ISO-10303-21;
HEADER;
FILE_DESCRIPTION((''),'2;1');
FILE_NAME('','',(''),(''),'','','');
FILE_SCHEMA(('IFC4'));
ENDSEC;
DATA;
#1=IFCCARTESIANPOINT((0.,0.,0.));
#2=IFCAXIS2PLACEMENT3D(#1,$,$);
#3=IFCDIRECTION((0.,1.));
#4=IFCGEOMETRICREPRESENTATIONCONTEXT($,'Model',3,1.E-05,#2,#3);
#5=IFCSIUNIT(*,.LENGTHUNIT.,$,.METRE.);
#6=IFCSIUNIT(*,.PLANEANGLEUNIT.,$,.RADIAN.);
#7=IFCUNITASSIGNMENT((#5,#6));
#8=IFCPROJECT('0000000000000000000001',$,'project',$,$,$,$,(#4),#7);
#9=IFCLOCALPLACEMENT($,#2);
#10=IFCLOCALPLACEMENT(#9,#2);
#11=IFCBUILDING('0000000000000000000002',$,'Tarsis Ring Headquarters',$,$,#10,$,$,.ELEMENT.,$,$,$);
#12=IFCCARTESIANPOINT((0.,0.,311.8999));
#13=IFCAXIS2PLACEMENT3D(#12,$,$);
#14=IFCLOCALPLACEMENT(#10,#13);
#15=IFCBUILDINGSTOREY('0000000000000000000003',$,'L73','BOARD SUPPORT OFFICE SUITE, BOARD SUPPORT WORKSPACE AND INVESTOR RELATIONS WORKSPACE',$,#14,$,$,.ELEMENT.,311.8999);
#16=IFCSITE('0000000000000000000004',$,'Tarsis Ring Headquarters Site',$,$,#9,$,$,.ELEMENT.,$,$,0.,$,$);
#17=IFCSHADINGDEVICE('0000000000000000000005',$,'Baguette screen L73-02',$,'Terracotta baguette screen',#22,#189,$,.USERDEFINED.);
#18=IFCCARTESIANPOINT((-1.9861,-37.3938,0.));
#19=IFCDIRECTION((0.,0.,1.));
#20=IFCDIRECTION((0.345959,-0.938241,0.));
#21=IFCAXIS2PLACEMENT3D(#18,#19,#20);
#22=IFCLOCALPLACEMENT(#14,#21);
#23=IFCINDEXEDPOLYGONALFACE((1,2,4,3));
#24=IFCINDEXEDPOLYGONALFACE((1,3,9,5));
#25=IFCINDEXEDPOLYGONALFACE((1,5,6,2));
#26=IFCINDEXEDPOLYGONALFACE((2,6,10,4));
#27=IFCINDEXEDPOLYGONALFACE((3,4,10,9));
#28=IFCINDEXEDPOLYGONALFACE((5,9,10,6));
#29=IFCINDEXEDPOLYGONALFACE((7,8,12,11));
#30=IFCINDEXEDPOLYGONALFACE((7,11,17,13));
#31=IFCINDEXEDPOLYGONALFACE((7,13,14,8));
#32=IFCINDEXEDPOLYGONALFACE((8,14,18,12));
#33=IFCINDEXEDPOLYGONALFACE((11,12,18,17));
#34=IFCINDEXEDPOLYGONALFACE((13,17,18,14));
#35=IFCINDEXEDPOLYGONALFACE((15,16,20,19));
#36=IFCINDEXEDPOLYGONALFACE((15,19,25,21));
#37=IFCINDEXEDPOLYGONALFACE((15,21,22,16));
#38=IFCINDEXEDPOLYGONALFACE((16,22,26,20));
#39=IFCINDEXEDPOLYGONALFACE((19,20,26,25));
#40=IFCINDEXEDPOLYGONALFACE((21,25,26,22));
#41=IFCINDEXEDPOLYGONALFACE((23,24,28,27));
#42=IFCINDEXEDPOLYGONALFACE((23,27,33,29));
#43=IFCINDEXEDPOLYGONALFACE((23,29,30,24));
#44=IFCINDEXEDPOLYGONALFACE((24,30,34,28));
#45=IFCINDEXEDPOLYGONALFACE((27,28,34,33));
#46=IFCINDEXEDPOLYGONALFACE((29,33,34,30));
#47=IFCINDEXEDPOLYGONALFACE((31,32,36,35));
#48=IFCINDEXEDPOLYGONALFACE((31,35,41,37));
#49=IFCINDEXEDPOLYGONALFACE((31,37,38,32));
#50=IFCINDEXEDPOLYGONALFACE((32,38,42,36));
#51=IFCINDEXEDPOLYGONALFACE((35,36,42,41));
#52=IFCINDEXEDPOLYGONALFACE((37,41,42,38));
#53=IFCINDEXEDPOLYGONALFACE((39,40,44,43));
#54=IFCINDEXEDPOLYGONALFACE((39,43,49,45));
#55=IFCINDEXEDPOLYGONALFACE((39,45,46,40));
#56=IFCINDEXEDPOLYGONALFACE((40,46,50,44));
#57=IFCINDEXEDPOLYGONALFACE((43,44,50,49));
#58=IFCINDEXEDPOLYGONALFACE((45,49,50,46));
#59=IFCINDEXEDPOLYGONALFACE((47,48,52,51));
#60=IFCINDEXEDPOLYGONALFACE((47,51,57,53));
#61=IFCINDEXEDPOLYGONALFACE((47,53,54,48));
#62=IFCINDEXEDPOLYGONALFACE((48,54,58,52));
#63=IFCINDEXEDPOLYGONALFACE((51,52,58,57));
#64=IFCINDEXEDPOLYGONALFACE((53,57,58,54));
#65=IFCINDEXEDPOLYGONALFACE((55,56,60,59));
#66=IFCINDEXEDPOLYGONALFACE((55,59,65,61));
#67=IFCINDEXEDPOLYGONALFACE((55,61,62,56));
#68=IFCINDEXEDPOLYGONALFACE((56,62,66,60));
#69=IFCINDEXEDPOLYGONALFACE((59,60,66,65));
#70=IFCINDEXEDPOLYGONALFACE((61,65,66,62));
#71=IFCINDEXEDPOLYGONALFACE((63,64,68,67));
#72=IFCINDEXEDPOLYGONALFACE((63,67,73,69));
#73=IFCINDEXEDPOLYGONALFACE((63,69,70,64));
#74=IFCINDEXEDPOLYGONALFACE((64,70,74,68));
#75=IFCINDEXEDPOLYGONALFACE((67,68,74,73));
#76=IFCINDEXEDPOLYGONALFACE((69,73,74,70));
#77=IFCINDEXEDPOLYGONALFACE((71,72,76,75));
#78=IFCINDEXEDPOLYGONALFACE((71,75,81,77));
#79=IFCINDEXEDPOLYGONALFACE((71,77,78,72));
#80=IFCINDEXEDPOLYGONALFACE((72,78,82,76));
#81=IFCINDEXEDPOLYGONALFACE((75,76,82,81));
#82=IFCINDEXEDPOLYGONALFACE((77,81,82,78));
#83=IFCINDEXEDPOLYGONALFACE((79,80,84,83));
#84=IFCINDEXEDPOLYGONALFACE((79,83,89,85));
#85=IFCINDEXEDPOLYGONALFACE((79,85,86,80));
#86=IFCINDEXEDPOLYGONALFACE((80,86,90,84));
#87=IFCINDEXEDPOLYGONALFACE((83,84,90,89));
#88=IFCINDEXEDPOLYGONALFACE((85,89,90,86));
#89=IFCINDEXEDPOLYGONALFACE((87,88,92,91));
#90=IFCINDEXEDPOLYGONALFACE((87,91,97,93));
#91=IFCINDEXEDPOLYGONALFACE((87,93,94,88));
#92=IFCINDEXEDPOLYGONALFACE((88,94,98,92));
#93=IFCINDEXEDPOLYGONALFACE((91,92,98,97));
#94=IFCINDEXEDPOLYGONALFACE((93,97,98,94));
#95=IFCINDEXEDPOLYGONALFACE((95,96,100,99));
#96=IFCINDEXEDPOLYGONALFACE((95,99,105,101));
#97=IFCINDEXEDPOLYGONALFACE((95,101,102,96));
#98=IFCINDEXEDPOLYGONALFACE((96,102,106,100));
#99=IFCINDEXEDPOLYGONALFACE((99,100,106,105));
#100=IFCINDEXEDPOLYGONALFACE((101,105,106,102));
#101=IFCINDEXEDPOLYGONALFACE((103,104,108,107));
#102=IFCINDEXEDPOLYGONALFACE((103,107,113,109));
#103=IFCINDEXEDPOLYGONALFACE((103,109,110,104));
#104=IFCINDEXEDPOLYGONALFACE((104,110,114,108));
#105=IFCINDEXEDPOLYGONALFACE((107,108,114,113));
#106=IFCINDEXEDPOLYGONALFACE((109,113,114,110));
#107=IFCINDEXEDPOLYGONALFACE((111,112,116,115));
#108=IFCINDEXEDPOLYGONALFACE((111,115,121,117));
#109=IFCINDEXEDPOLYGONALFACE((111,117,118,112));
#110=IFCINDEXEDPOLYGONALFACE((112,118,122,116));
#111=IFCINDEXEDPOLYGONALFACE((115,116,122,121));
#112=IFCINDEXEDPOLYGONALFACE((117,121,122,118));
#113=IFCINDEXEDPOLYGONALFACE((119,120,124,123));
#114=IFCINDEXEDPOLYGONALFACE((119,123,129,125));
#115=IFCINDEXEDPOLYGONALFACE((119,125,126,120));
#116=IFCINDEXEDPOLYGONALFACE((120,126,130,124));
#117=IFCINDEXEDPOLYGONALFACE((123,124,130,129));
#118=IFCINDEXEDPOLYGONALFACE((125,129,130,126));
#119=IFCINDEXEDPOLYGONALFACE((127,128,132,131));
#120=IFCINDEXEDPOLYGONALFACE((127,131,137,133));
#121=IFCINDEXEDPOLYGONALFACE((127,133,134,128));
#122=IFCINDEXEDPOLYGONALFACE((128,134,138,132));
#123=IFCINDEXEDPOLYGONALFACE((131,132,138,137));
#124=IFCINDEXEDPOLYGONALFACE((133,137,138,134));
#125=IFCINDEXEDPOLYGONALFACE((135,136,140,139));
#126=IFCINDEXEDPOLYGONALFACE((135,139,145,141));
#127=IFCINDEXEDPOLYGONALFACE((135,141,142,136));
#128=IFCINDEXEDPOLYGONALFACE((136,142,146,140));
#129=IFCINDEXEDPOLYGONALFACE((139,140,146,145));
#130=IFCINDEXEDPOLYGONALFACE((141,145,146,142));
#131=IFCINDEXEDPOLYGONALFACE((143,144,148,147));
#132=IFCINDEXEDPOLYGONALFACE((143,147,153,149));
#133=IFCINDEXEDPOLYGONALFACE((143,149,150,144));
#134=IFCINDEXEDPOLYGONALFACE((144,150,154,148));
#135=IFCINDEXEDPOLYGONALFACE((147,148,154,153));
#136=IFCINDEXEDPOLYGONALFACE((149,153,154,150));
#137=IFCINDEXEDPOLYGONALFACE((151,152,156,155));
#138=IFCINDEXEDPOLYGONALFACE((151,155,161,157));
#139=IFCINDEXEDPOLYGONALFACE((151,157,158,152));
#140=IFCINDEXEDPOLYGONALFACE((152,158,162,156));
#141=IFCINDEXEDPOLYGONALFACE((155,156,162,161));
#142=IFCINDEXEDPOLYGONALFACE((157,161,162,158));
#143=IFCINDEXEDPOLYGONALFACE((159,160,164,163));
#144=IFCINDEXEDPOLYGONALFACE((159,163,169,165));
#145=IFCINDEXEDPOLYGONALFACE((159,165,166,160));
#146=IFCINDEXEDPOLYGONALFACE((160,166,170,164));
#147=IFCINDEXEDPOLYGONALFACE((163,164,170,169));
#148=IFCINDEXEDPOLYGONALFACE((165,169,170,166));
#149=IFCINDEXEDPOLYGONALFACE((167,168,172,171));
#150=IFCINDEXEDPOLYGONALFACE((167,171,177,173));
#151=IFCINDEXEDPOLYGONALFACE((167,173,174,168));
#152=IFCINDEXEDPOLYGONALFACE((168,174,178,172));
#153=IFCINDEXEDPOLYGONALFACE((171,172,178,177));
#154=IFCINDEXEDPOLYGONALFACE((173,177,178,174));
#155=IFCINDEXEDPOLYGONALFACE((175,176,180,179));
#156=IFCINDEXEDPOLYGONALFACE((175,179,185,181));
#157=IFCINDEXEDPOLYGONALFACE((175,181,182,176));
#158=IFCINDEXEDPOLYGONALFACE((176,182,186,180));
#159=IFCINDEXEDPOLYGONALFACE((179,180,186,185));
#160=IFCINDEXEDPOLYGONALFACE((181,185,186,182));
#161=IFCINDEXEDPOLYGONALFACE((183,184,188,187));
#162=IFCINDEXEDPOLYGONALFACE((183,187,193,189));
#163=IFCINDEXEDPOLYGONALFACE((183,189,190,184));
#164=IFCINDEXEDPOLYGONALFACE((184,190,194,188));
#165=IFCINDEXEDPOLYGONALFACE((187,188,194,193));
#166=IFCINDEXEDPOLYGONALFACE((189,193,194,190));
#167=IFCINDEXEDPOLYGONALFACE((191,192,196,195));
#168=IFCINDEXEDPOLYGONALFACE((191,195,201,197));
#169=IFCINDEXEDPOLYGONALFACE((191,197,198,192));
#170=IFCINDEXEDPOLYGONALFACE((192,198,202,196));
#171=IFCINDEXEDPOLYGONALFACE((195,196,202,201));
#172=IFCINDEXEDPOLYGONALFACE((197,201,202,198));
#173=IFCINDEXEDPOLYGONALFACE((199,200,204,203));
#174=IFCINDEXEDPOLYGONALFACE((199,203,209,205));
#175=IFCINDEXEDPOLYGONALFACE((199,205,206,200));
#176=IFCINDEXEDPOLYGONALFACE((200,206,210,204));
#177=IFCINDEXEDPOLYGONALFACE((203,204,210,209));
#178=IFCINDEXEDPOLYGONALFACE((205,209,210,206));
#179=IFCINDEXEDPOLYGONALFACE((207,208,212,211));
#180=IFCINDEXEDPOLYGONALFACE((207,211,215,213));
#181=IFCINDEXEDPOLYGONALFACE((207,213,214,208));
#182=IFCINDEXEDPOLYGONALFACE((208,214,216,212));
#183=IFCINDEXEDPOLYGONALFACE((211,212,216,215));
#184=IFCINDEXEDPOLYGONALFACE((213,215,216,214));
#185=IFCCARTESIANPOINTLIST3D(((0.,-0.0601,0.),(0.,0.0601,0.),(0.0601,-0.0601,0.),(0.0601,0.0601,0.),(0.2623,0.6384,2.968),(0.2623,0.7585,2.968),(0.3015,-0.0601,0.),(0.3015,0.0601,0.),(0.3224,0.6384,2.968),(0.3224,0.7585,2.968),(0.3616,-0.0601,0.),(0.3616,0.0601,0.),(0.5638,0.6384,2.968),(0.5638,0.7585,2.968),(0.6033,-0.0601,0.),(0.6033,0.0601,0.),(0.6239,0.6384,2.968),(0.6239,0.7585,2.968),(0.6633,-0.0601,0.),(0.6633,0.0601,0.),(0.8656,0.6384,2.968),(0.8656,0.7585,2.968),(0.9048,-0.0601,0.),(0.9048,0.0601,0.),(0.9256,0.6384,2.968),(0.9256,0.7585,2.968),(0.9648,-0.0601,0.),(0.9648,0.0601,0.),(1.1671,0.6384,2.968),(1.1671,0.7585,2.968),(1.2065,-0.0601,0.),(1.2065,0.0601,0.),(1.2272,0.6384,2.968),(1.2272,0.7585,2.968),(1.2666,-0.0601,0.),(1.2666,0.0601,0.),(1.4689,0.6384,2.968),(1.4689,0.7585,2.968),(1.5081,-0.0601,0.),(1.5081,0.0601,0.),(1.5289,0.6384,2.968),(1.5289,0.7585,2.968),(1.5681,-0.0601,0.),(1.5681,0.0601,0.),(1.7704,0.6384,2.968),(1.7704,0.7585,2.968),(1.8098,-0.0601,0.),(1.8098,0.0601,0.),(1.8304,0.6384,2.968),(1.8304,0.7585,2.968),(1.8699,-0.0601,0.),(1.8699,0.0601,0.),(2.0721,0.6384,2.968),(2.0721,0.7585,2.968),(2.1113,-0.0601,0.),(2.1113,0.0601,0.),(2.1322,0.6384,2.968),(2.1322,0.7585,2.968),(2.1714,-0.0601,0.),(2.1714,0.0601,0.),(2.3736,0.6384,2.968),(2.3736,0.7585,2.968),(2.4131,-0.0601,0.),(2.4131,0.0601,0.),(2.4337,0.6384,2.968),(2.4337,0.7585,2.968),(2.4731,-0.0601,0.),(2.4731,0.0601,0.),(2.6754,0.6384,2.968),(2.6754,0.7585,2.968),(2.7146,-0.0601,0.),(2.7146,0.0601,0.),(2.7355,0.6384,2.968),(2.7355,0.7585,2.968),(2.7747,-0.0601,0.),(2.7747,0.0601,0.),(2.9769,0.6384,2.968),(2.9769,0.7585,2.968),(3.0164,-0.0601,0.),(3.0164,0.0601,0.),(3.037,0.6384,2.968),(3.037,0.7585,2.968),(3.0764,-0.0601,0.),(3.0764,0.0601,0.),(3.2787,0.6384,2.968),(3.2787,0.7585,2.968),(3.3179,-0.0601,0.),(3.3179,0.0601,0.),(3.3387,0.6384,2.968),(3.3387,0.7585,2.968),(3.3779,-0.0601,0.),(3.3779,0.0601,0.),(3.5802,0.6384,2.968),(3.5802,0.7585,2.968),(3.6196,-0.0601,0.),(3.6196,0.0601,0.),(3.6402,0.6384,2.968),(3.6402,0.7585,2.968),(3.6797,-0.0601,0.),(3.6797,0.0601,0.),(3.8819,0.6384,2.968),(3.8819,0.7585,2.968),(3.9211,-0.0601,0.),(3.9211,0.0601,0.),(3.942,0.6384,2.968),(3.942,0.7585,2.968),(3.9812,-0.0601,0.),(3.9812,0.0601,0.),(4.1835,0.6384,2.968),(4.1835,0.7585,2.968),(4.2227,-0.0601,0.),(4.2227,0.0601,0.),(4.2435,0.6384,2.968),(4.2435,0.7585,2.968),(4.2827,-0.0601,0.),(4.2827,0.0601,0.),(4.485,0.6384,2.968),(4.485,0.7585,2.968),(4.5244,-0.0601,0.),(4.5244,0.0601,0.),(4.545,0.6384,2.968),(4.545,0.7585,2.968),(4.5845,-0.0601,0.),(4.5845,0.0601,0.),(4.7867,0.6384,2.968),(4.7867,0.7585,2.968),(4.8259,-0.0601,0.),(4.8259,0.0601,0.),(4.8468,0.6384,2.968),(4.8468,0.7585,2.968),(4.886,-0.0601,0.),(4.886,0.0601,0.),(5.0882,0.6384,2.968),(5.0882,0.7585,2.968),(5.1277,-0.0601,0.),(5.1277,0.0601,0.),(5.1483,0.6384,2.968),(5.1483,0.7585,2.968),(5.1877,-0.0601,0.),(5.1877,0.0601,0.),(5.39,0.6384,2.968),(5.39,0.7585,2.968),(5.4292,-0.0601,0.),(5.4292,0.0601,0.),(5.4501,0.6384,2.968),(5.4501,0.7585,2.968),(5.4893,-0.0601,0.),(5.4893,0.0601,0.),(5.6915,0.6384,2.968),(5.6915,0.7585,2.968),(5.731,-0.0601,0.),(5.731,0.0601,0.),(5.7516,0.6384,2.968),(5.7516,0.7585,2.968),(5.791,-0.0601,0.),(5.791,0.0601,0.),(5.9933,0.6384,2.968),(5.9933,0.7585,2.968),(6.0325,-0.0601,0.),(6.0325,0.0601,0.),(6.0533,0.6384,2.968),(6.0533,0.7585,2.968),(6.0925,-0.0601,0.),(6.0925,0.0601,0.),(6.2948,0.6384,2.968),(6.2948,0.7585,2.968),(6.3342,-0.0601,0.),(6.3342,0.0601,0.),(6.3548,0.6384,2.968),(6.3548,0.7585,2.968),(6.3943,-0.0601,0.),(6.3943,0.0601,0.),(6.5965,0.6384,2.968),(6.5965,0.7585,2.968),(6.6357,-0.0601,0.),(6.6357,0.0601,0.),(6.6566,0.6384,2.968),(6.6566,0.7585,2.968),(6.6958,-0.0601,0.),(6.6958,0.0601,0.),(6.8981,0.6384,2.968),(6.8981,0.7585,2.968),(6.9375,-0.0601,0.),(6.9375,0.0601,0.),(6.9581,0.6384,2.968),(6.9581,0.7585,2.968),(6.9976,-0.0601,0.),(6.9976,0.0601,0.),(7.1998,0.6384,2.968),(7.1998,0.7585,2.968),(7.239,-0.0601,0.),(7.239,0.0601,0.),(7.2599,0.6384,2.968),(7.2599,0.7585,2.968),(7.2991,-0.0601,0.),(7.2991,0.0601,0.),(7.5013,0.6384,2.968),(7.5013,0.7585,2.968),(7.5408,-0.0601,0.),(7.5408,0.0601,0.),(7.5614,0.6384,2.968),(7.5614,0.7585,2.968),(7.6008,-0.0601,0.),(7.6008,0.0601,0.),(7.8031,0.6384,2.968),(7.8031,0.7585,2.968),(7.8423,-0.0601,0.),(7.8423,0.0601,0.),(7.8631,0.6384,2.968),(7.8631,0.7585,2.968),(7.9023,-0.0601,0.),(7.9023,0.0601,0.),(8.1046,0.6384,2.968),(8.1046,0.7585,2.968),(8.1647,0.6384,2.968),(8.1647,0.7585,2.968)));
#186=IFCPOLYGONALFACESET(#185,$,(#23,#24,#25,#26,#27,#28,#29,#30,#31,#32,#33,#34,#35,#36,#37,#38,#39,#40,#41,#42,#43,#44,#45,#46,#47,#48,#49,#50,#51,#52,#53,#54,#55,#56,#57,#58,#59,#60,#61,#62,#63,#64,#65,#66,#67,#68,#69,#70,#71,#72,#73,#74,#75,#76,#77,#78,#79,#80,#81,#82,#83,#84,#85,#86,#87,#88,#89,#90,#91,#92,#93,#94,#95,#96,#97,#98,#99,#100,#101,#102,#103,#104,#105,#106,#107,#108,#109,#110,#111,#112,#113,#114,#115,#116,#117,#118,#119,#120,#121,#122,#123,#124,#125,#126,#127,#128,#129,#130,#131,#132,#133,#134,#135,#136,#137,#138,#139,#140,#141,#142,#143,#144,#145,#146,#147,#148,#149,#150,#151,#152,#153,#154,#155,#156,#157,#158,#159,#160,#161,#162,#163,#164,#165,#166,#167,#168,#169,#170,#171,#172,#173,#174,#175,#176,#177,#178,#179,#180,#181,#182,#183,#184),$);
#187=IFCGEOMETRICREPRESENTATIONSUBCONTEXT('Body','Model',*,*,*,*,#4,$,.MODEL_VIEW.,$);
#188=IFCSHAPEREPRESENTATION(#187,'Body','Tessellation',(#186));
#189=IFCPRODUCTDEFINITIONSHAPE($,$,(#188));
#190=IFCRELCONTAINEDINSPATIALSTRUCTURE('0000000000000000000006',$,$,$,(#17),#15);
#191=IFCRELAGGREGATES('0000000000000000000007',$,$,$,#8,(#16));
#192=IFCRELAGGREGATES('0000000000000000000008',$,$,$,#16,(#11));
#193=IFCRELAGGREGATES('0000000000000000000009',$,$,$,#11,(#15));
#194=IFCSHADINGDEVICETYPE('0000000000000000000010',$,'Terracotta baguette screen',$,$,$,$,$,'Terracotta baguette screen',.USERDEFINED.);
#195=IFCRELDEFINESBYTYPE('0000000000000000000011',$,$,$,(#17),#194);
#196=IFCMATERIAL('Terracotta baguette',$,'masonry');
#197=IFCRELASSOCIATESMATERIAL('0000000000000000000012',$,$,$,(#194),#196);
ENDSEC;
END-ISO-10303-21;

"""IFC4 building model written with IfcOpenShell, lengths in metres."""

from ifc_helpers import new_model, si_unit, direction, frame, frame_2d, origin, place, context, subcontext, project, spatial, rectangle, composite_profile, extrude, material, type_object, element, save


model = new_model("IFC4")

# Units and contexts
model_context = context("Model", 3, precision=1e-05, world=origin(), true_north=direction((0.0, 1.0)))
body_context = subcontext(model_context, "Body", "Model", "MODEL_VIEW")
ifc_project = project(units=[si_unit("LENGTHUNIT", "METRE"), si_unit("PLANEANGLEUNIT", "RADIAN")], contexts=[model_context])

# Site, building, storey
site_placement = place(None, origin())
site = spatial("IfcSite", under=ifc_project, at=site_placement, Name="Tarsis Ring Headquarters Site", CompositionType="ELEMENT", RefElevation=0.0)
building_placement = place(site_placement, origin())
building = spatial("IfcBuilding", under=site, at=building_placement, Name="Tarsis Ring Headquarters", CompositionType="ELEMENT")
storey_placement = place(building_placement, frame((0.0, 0.0, 311.8999)))
storey = spatial("IfcBuildingStorey", under=building, at=storey_placement, Name="L73", Description="BOARD SUPPORT OFFICE SUITE, BOARD SUPPORT WORKSPACE AND INVESTOR RELATIONS WORKSPACE", CompositionType="ELEMENT", Elevation=311.8999)

# Shading device
ifc_material_1 = material(Name="Terracotta baguette", Category="masonry")
shading_device_type = type_object("IfcShadingDeviceType", Name="Terracotta baguette screen", ElementType="Terracotta baguette screen", PredefinedType="USERDEFINED", material=ifc_material_1)
shading_device_1_placement = place(storey_placement, frame((-1.9861, -37.3938, 0.0), z_axis=(0.0, 0.0, 1.0), x_axis=(0.345959, -0.938241, 0.0)))
element("IfcShadingDevice", 1, at=shading_device_1_placement, inside=storey, type_object=shading_device_type, Name="Baguette screen L73-02", ObjectType="Terracotta baguette screen", PredefinedType="USERDEFINED", context=body_context, shape_type="SweptSolid", body=[
    extrude(composite_profile([rectangle(XDim=0.0601, YDim=0.1201, at=frame_2d((0.03, 0.0))), rectangle(XDim=0.0601, YDim=0.1201, at=frame_2d((0.3315, 0.0))), rectangle(XDim=0.0601, YDim=0.1201, at=frame_2d((0.6333, 0.0))), rectangle(XDim=0.0601, YDim=0.1201, at=frame_2d((0.9348, 0.0))), rectangle(XDim=0.0601, YDim=0.1201, at=frame_2d((1.2366, 0.0))), rectangle(XDim=0.0601, YDim=0.1201, at=frame_2d((1.5381, 0.0))), rectangle(XDim=0.0601, YDim=0.1201, at=frame_2d((1.8398, 0.0))), rectangle(XDim=0.0601, YDim=0.1201, at=frame_2d((2.1414, 0.0))), rectangle(XDim=0.0601, YDim=0.1201, at=frame_2d((2.4431, 0.0))), rectangle(XDim=0.0601, YDim=0.1201, at=frame_2d((2.7446, 0.0))), rectangle(XDim=0.0601, YDim=0.1201, at=frame_2d((3.0464, 0.0))), rectangle(XDim=0.0601, YDim=0.1201, at=frame_2d((3.3479, 0.0))), rectangle(XDim=0.0601, YDim=0.1201, at=frame_2d((3.6497, 0.0))), rectangle(XDim=0.0601, YDim=0.1201, at=frame_2d((3.9512, 0.0))), rectangle(XDim=0.0601, YDim=0.1201, at=frame_2d((4.2527, 0.0))), rectangle(XDim=0.0601, YDim=0.1201, at=frame_2d((4.5544, 0.0))), rectangle(XDim=0.0601, YDim=0.1201, at=frame_2d((4.856, 0.0))), rectangle(XDim=0.0601, YDim=0.1201, at=frame_2d((5.1577, 0.0))), rectangle(XDim=0.0601, YDim=0.1201, at=frame_2d((5.4592, 0.0))), rectangle(XDim=0.0601, YDim=0.1201, at=frame_2d((5.761, 0.0))), rectangle(XDim=0.0601, YDim=0.1201, at=frame_2d((6.0625, 0.0))), rectangle(XDim=0.0601, YDim=0.1201, at=frame_2d((6.3643, 0.0))), rectangle(XDim=0.0601, YDim=0.1201, at=frame_2d((6.6658, 0.0))), rectangle(XDim=0.0601, YDim=0.1201, at=frame_2d((6.9675, 0.0))), rectangle(XDim=0.0601, YDim=0.1201, at=frame_2d((7.269, 0.0))), rectangle(XDim=0.0601, YDim=0.1201, at=frame_2d((7.5708, 0.0))), rectangle(XDim=0.0601, YDim=0.1201, at=frame_2d((7.8723, 0.0)))]), origin(), (0.085713, 0.228234, 0.969826), 3.0603),
])

save(model, "model.ifc")
